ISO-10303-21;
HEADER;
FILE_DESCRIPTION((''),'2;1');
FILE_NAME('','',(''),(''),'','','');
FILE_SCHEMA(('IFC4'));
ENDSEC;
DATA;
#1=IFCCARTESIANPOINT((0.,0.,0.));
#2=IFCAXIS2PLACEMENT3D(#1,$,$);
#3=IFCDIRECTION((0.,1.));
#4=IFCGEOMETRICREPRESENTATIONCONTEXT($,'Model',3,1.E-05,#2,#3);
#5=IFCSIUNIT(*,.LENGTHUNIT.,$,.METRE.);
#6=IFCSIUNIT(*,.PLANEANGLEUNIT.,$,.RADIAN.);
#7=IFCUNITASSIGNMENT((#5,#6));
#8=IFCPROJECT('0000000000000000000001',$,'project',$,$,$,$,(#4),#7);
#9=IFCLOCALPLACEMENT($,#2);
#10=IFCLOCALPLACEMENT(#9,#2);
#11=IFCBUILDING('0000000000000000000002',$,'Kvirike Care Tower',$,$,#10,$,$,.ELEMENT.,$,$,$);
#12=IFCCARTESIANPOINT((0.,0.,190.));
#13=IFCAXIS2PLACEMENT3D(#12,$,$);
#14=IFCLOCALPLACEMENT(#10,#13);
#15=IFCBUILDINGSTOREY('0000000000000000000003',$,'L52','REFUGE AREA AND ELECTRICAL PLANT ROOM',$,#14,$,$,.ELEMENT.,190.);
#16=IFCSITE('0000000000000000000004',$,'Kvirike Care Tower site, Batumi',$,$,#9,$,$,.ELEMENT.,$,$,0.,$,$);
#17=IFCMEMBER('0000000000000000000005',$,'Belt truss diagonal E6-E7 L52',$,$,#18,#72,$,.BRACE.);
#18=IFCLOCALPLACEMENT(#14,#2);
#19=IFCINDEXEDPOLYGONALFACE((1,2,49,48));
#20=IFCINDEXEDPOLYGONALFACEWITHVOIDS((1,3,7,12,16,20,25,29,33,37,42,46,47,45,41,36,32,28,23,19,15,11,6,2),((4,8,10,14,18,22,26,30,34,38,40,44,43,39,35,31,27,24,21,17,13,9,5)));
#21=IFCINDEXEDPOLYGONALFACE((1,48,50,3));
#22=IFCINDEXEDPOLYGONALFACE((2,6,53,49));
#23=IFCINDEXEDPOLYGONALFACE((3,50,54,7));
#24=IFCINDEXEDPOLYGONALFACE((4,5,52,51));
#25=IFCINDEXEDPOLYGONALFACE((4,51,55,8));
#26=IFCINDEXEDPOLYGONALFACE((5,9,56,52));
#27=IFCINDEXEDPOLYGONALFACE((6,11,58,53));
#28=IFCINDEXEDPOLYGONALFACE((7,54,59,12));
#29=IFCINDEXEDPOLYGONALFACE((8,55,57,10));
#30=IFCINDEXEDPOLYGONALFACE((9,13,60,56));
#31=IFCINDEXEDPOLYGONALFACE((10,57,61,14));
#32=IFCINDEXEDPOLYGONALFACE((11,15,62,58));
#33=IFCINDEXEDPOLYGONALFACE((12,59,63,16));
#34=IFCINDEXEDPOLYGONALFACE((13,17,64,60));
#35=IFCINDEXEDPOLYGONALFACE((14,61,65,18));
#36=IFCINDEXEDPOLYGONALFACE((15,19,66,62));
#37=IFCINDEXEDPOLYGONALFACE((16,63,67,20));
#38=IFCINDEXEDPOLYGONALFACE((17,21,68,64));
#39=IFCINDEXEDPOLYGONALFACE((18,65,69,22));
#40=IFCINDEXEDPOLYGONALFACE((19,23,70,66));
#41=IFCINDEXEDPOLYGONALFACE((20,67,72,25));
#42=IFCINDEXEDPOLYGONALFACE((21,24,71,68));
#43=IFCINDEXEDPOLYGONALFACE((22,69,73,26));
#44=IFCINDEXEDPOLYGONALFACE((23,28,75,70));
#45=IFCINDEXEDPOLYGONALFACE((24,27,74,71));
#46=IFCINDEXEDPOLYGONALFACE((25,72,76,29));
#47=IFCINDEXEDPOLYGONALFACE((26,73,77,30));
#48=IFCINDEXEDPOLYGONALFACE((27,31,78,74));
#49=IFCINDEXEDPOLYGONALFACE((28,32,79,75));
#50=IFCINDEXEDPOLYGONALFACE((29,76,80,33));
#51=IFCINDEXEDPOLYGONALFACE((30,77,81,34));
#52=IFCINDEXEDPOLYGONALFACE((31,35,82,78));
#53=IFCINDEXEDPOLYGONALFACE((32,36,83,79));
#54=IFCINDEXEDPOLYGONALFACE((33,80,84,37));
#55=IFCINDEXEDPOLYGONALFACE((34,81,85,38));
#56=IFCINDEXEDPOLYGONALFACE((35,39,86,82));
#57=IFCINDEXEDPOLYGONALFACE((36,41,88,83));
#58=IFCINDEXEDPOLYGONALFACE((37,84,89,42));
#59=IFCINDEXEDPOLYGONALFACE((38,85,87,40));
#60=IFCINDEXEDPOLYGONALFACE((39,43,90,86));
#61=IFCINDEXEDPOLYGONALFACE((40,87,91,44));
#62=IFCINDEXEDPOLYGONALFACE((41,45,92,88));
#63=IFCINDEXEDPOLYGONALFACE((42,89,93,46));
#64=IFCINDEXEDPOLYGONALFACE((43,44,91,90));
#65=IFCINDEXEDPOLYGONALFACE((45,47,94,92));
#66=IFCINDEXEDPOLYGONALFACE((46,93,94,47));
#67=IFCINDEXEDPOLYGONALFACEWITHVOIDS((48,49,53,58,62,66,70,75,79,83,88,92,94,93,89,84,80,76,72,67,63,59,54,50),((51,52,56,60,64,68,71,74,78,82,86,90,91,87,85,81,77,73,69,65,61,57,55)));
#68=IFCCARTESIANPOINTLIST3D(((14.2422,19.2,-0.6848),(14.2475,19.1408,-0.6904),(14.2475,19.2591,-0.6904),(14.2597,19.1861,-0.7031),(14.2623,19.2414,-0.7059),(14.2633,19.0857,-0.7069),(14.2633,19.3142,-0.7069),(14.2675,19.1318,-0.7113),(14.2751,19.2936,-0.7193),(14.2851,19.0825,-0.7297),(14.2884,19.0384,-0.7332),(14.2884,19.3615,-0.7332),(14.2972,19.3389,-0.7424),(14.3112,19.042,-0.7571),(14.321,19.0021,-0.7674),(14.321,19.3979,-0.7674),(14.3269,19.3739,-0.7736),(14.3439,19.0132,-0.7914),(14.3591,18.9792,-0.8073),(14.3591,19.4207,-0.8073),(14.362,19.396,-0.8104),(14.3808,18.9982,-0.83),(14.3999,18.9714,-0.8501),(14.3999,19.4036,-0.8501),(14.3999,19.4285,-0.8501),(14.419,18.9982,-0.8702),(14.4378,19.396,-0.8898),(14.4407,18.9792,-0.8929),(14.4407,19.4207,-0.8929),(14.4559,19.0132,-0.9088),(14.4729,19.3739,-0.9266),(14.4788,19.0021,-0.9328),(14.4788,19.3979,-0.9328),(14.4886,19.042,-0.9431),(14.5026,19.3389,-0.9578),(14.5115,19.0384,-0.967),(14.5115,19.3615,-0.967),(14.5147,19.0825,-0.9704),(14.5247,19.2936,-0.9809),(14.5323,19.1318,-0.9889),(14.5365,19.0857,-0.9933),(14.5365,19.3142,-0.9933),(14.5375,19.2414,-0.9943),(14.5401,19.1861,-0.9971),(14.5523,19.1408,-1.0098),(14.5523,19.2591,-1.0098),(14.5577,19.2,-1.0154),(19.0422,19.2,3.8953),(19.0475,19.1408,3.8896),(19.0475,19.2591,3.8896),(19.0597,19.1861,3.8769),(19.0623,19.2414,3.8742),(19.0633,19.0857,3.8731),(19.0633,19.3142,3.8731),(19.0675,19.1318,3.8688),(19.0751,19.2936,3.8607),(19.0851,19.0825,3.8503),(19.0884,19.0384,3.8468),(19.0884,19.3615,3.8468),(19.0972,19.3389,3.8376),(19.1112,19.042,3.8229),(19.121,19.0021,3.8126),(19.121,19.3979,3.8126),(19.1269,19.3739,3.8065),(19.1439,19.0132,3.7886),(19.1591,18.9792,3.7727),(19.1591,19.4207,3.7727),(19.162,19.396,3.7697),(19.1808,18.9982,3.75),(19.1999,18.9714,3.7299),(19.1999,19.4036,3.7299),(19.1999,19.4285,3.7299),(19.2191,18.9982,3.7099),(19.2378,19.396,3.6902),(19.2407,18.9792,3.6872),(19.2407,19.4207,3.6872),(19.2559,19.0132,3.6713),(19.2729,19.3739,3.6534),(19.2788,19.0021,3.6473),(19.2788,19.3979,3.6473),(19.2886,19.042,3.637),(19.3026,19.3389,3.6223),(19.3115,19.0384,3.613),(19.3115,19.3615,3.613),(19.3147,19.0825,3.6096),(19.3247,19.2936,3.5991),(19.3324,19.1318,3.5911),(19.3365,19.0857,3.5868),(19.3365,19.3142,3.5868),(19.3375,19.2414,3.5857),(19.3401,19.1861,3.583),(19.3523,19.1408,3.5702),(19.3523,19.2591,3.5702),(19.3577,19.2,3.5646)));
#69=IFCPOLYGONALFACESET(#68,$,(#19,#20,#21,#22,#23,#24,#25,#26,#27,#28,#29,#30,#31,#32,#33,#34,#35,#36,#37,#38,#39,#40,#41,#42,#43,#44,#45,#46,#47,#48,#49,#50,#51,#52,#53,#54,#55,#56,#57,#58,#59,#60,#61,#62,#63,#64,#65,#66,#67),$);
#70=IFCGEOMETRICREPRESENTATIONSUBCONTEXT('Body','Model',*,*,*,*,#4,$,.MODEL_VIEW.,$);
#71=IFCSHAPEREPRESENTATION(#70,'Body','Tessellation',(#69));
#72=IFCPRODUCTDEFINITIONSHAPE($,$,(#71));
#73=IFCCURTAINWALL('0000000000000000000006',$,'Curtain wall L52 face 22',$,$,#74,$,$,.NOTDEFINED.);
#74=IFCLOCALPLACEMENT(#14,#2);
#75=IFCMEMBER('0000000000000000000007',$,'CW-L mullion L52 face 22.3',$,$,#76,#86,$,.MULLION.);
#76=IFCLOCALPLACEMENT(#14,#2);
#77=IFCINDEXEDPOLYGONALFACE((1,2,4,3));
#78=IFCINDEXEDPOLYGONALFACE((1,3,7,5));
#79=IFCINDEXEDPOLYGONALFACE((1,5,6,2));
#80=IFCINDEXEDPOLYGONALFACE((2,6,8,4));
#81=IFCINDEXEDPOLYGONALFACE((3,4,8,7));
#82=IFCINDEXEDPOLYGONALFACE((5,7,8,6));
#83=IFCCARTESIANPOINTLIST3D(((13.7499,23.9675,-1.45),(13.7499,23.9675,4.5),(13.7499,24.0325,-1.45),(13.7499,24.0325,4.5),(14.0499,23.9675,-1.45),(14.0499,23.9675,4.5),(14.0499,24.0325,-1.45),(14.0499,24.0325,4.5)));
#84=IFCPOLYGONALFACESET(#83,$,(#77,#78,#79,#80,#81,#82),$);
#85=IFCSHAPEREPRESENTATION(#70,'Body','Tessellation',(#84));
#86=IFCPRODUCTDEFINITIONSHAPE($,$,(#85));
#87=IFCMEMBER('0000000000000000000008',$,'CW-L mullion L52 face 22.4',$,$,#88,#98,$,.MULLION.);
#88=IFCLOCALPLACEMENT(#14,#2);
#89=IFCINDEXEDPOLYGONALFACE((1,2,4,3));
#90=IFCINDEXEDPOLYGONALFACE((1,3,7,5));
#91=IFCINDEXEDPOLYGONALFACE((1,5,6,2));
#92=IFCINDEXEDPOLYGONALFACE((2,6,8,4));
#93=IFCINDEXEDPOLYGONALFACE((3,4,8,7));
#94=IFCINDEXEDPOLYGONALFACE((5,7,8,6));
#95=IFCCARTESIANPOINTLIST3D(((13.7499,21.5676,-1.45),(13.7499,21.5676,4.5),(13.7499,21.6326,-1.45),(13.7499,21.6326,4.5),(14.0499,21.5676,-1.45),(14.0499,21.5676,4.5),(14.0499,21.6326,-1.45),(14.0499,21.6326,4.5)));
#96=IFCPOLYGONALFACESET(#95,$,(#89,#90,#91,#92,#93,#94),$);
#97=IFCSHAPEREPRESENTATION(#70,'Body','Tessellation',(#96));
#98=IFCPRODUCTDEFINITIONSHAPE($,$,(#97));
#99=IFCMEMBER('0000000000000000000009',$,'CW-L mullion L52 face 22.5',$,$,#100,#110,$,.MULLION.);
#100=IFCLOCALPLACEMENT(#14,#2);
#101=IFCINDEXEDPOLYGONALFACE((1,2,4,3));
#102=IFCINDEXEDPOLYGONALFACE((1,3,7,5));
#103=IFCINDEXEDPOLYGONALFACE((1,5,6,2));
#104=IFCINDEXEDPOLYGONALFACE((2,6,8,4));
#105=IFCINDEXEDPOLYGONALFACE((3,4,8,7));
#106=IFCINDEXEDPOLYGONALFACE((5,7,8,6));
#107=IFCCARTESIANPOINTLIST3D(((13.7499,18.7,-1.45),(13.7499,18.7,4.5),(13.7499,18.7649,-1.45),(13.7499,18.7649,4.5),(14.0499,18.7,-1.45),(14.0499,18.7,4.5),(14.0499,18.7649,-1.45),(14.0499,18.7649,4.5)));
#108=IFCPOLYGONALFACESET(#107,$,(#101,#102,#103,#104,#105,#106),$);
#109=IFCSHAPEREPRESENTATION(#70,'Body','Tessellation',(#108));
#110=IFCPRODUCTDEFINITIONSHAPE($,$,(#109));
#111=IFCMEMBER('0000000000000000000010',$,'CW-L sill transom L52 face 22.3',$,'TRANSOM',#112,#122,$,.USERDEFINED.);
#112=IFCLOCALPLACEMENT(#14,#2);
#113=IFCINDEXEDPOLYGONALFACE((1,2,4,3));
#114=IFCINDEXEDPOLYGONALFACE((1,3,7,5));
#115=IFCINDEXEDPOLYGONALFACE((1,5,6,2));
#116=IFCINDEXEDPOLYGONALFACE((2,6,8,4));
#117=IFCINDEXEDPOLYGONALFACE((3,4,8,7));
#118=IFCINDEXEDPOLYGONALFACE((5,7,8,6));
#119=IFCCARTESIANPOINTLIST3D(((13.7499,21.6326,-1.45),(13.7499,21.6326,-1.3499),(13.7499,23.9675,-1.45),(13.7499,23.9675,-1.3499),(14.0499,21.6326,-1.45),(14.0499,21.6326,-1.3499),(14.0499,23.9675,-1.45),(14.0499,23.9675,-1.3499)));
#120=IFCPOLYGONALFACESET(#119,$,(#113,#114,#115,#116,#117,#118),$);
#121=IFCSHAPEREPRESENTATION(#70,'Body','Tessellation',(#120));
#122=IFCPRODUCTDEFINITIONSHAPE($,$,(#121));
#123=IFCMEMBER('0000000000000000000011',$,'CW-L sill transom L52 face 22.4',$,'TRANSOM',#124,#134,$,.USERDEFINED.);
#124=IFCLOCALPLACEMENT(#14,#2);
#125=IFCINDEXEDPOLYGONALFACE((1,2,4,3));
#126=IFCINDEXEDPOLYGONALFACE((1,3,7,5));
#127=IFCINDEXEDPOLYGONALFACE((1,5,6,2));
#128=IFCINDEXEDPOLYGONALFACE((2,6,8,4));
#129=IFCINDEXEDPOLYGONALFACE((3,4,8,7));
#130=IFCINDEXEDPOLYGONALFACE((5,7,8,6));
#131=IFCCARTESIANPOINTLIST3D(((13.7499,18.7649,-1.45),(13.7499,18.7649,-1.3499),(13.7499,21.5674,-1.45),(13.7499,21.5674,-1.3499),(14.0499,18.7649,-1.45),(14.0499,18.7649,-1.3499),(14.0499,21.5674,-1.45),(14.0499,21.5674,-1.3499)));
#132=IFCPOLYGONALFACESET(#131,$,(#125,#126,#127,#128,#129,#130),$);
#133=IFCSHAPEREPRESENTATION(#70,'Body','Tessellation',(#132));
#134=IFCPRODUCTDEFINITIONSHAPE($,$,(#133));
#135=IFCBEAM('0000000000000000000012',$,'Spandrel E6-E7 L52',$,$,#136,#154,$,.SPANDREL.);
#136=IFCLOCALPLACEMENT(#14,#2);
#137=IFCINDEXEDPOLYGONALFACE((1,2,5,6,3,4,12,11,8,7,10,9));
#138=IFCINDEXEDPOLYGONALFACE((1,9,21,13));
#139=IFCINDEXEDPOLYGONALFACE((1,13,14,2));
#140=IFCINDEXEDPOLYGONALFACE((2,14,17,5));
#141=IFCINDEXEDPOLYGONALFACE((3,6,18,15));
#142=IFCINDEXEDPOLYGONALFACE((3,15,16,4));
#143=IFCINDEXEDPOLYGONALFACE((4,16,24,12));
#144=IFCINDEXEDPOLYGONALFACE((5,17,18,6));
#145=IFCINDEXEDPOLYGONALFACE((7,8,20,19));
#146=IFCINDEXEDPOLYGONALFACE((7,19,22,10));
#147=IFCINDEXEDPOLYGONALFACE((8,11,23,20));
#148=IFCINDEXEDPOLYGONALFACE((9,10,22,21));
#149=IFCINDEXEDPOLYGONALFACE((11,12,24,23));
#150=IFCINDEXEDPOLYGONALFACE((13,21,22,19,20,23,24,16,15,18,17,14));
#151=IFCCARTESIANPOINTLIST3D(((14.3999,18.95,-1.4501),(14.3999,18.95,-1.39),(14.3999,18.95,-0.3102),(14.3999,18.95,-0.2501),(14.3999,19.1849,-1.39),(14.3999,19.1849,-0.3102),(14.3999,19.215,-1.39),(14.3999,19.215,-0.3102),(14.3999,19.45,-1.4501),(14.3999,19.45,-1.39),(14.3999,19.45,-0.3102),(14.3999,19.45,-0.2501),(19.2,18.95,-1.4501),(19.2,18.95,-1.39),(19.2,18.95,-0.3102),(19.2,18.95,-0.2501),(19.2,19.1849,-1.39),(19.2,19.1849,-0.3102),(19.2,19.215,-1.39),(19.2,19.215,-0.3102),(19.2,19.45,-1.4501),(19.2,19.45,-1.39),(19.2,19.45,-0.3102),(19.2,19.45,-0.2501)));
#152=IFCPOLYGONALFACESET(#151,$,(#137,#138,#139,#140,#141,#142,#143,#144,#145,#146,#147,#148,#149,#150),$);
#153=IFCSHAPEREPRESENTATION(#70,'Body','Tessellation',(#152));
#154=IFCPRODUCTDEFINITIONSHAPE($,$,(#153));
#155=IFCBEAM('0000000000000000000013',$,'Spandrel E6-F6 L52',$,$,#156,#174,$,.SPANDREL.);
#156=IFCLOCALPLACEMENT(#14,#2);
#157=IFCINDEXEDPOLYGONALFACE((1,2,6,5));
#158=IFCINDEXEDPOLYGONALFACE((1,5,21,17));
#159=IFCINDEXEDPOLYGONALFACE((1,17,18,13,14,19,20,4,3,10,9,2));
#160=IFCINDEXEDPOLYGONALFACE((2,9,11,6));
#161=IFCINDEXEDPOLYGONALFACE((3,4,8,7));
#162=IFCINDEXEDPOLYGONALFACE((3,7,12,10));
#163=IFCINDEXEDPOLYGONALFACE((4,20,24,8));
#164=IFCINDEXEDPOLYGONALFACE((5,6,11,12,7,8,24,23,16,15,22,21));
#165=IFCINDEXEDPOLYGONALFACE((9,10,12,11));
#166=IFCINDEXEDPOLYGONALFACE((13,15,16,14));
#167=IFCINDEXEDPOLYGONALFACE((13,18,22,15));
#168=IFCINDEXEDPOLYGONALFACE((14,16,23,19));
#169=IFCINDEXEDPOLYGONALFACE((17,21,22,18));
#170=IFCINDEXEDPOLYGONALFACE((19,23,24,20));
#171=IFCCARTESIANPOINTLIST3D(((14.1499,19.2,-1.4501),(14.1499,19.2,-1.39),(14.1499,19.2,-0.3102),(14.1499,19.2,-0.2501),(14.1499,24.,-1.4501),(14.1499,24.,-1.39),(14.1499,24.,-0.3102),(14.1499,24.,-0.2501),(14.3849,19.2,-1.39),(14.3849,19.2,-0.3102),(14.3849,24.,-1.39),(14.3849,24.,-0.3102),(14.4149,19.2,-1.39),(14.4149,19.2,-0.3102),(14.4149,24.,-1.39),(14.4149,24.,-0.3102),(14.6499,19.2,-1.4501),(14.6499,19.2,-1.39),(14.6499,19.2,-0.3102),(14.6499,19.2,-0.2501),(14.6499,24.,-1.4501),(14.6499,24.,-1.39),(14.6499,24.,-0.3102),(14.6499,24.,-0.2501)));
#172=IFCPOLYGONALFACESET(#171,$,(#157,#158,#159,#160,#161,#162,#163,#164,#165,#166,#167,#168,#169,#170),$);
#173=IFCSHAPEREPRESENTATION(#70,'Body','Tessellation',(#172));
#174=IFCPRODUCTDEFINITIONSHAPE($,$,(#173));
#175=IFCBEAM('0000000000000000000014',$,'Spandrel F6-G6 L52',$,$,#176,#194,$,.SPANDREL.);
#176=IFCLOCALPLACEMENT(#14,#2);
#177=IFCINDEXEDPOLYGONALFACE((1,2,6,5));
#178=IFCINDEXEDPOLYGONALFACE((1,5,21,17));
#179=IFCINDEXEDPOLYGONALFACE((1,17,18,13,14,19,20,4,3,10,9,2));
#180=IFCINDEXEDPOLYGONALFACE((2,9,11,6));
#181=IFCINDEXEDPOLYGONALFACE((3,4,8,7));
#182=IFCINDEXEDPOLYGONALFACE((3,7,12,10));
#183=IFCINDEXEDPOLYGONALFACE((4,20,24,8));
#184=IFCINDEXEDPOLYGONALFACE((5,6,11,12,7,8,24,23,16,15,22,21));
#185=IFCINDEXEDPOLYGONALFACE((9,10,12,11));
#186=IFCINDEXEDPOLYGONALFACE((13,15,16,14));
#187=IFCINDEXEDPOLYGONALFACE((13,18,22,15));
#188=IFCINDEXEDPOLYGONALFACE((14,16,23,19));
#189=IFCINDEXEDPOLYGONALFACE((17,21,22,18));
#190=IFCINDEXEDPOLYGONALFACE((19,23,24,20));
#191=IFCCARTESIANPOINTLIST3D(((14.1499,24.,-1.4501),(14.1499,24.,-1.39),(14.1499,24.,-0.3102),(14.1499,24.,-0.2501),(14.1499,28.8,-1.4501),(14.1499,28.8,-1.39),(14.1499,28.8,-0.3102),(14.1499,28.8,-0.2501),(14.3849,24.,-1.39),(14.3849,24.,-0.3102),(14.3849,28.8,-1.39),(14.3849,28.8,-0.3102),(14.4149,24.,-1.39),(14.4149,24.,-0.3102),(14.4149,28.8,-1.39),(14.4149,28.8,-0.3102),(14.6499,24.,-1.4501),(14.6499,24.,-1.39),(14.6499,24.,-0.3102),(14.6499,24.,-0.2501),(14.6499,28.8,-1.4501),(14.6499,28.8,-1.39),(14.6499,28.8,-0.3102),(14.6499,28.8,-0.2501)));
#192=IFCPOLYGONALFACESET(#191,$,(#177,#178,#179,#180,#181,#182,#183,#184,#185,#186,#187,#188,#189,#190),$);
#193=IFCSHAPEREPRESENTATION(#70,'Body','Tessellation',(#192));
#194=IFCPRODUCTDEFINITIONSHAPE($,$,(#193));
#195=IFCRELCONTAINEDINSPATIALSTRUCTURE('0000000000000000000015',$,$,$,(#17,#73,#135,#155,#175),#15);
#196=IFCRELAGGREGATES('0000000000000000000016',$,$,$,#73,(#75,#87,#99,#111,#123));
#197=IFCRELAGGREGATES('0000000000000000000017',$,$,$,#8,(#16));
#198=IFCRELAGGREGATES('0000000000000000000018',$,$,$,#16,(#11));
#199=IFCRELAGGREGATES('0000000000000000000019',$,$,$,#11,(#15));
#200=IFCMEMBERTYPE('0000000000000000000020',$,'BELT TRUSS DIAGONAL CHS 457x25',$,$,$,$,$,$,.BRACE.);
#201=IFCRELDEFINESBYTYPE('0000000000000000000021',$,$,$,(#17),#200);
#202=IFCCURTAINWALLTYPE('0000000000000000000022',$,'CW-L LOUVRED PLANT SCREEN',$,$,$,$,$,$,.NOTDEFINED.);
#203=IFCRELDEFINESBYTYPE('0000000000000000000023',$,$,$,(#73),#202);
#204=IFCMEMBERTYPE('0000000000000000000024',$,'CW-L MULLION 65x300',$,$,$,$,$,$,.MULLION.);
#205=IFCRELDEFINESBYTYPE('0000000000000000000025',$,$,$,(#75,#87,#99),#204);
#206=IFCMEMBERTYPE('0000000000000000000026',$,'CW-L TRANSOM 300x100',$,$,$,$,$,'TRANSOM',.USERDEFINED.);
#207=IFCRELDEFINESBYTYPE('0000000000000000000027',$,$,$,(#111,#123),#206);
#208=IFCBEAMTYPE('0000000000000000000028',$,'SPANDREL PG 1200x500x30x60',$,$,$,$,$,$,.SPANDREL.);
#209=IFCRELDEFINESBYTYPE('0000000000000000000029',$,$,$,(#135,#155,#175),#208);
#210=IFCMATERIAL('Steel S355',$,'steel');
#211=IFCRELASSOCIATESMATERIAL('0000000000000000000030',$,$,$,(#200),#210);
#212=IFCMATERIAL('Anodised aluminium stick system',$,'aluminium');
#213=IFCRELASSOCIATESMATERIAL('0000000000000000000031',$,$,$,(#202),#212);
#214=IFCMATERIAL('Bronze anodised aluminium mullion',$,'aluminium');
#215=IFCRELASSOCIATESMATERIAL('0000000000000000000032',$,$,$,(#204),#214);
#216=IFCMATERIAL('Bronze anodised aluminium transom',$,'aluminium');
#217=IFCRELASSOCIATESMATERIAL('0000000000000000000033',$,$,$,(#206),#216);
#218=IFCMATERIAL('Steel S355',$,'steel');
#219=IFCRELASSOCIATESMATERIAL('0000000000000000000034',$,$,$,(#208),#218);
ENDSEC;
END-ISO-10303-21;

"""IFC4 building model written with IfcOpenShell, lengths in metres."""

from ifc_helpers import new_model, si_unit, direction, frame, origin, origin_2d, place, context, subcontext, project, spatial, rectangle, hollow_circle, i_section, extrude, material, material_profile, profile_set, type_object, element, aggregate, save


model = new_model("IFC4")

# Units and contexts
model_context = context("Model", 3, precision=1e-05, world=origin(), true_north=direction((0.0, 1.0)))
body_context = subcontext(model_context, "Body", "Model", "MODEL_VIEW")
ifc_project = project(units=[si_unit("LENGTHUNIT", "METRE"), si_unit("PLANEANGLEUNIT", "RADIAN")], contexts=[model_context])

# Site, building, storey
site_placement = place(None, origin())
site = spatial("IfcSite", under=ifc_project, at=site_placement, Name="Kvirike Care Tower site, Batumi", CompositionType="ELEMENT", RefElevation=0.0)
building_placement = place(site_placement, origin())
building = spatial("IfcBuilding", under=site, at=building_placement, Name="Kvirike Care Tower", CompositionType="ELEMENT")
storey_placement = place(building_placement, frame((0.0, 0.0, 190.0)))
storey = spatial("IfcBuildingStorey", under=building, at=storey_placement, Name="L52", Description="REFUGE AREA AND ELECTRICAL PLANT ROOM", CompositionType="ELEMENT", Elevation=190.0)

# Member
ifc_material_1 = material(Name="Steel S355", Category="steel")
ifc_material_profile_1 = material_profile(ifc_material_1, hollow_circle(Radius=0.2285, WallThickness=0.0249, at=origin_2d()), Name="CHS 457x25")
ifc_profile_set_1 = profile_set([ifc_material_profile_1], Name="Steel S355")
member_type_1 = type_object("IfcMemberType", Name="BELT TRUSS DIAGONAL CHS 457x25", PredefinedType="BRACE", material=ifc_profile_set_1)
for number, where, z_axis, x_axis, name in (
    (1, (14.3999, 19.2, -0.8501), (0.72349, 0.0, 0.690335), (0.0, 1.0, 0.0), "Belt truss diagonal E6-E7 L52"),
):
    element("IfcMember", number, at=place(storey_placement, frame(where, z_axis=z_axis, x_axis=x_axis)), inside=storey, type_object=member_type_1, Name=name, PredefinedType="BRACE", context=body_context, shape_type="SweptSolid", body=[
        extrude(hollow_circle(Radius=0.2285, WallThickness=0.0249, at=origin_2d()), origin(), (0.0, 0.0, 1.0), 6.6345),
    ])

# Curtain wall, members
ifc_material_2 = material(Name="Anodised aluminium stick system", Category="aluminium")
curtain_wall_type = type_object("IfcCurtainWallType", Name="CW-L LOUVRED PLANT SCREEN", PredefinedType="NOTDEFINED", material=ifc_material_2)
curtain_wall_placement = place(storey_placement, origin())
curtain_wall = element("IfcCurtainWall", 2, at=curtain_wall_placement, inside=storey, type_object=curtain_wall_type, Name="Curtain wall L52 face 22", PredefinedType="NOTDEFINED")
ifc_material_3 = material(Name="Bronze anodised aluminium mullion", Category="aluminium")
ifc_material_profile_2 = material_profile(ifc_material_3, rectangle(XDim=0.0649, YDim=0.3, at=origin_2d()), Name="CW-L MULLION 65x300")
ifc_profile_set_2 = profile_set([ifc_material_profile_2], Name="Bronze anodised aluminium mullion")
member_type_2 = type_object("IfcMemberType", Name="CW-L MULLION 65x300", PredefinedType="MULLION", material=ifc_profile_set_2)
member_1_placement = place(storey_placement, frame((13.8999, 24.0, -1.45), z_axis=(0.0, 0.0, 1.0), x_axis=(0.0, -1.0, 0.0)))
member_1 = element("IfcMember", 3, at=member_1_placement, type_object=member_type_2, Name="CW-L mullion L52 face 22.3", PredefinedType="MULLION", context=body_context, shape_type="SweptSolid", body=[
    extrude(rectangle(XDim=0.0649, YDim=0.3, at=origin_2d()), origin(), (0.0, 0.0, 1.0), 5.95),
])
member_2_placement = place(storey_placement, frame((13.8999, 21.6001, -1.45), z_axis=(0.0, 0.0, 1.0), x_axis=(0.0, -1.0, 0.0)))
member_2 = element("IfcMember", 4, at=member_2_placement, type_object=member_type_2, Name="CW-L mullion L52 face 22.4", PredefinedType="MULLION", context=body_context, shape_type="SweptSolid", body=[
    extrude(rectangle(XDim=0.0649, YDim=0.3, at=origin_2d()), origin(), (0.0, 0.0, 1.0), 5.95),
])
member_3_placement = place(storey_placement, frame((13.8999, 18.7324, -1.45), z_axis=(0.0, 0.0, 1.0), x_axis=(0.0, -1.0, 0.0)))
member_3 = element("IfcMember", 5, at=member_3_placement, type_object=member_type_2, Name="CW-L mullion L52 face 22.5", PredefinedType="MULLION", context=body_context, shape_type="SweptSolid", body=[
    extrude(rectangle(XDim=0.0649, YDim=0.3, at=origin_2d()), origin(), (0.0, 0.0, 1.0), 5.95),
])
ifc_material_4 = material(Name="Bronze anodised aluminium transom", Category="aluminium")
ifc_material_profile_3 = material_profile(ifc_material_4, rectangle(XDim=0.3, YDim=0.1001, at=origin_2d()), Name="CW-L TRANSOM 300x100")
ifc_profile_set_3 = profile_set([ifc_material_profile_3], Name="Bronze anodised aluminium transom")
member_type_3 = type_object("IfcMemberType", Name="CW-L TRANSOM 300x100", ElementType="TRANSOM", PredefinedType="USERDEFINED", material=ifc_profile_set_3)
member_4_placement = place(storey_placement, frame((13.8999, 23.9675, -1.3999), z_axis=(0.0, -1.0, 0.0), x_axis=(1.0, 0.0, 0.0)))
member_4 = element("IfcMember", 6, at=member_4_placement, type_object=member_type_3, Name="CW-L sill transom L52 face 22.3", ObjectType="TRANSOM", PredefinedType="USERDEFINED", context=body_context, shape_type="SweptSolid", body=[
    extrude(rectangle(XDim=0.3, YDim=0.1001, at=origin_2d()), origin(), (0.0, 0.0, 1.0), 2.335),
])
member_5_placement = place(storey_placement, frame((13.8999, 21.5674, -1.3999), z_axis=(0.0, -1.0, 0.0), x_axis=(1.0, 0.0, 0.0)))
member_5 = element("IfcMember", 7, at=member_5_placement, type_object=member_type_3, Name="CW-L sill transom L52 face 22.4", ObjectType="TRANSOM", PredefinedType="USERDEFINED", context=body_context, shape_type="SweptSolid", body=[
    extrude(rectangle(XDim=0.3, YDim=0.1001, at=origin_2d()), origin(), (0.0, 0.0, 1.0), 2.8025),
])

# Beams
ifc_material_5 = material(Name="Steel S355", Category="steel")
ifc_material_profile_4 = material_profile(ifc_material_5, i_section(OverallWidth=0.5, OverallDepth=1.2, WebThickness=0.03, FlangeThickness=0.0601, at=origin_2d()), Name="PG 1200x500x30x60")
ifc_profile_set_4 = profile_set([ifc_material_profile_4], Name="Steel S355")
beam_type_1 = type_object("IfcBeamType", Name="SPANDREL PG 1200x500x30x60", PredefinedType="SPANDREL", material=ifc_profile_set_4)
for number, where, z_axis, x_axis, name in (
    (8, (14.3999, 19.2, -0.8501), (1.0, 0.0, 0.0), (0.0, 1.0, 0.0), "Spandrel E6-E7 L52"),
    (9, (14.3999, 19.2, -0.8501), (0.0, 1.0, 0.0), (-1.0, 0.0, 0.0), "Spandrel E6-F6 L52"),
    (10, (14.3999, 24.0, -0.8501), (0.0, 1.0, 0.0), (-1.0, 0.0, 0.0), "Spandrel F6-G6 L52"),
):
    element("IfcBeam", number, at=place(storey_placement, frame(where, z_axis=z_axis, x_axis=x_axis)), inside=storey, type_object=beam_type_1, Name=name, PredefinedType="SPANDREL", context=body_context, shape_type="SweptSolid", body=[
        extrude(i_section(OverallWidth=0.5, OverallDepth=1.2, WebThickness=0.03, FlangeThickness=0.0601, at=origin_2d()), origin(), (0.0, 0.0, 1.0), 4.8),
    ])

aggregate(curtain_wall, [member_1, member_2, member_3, member_4, member_5])

save(model, "model.ifc")
